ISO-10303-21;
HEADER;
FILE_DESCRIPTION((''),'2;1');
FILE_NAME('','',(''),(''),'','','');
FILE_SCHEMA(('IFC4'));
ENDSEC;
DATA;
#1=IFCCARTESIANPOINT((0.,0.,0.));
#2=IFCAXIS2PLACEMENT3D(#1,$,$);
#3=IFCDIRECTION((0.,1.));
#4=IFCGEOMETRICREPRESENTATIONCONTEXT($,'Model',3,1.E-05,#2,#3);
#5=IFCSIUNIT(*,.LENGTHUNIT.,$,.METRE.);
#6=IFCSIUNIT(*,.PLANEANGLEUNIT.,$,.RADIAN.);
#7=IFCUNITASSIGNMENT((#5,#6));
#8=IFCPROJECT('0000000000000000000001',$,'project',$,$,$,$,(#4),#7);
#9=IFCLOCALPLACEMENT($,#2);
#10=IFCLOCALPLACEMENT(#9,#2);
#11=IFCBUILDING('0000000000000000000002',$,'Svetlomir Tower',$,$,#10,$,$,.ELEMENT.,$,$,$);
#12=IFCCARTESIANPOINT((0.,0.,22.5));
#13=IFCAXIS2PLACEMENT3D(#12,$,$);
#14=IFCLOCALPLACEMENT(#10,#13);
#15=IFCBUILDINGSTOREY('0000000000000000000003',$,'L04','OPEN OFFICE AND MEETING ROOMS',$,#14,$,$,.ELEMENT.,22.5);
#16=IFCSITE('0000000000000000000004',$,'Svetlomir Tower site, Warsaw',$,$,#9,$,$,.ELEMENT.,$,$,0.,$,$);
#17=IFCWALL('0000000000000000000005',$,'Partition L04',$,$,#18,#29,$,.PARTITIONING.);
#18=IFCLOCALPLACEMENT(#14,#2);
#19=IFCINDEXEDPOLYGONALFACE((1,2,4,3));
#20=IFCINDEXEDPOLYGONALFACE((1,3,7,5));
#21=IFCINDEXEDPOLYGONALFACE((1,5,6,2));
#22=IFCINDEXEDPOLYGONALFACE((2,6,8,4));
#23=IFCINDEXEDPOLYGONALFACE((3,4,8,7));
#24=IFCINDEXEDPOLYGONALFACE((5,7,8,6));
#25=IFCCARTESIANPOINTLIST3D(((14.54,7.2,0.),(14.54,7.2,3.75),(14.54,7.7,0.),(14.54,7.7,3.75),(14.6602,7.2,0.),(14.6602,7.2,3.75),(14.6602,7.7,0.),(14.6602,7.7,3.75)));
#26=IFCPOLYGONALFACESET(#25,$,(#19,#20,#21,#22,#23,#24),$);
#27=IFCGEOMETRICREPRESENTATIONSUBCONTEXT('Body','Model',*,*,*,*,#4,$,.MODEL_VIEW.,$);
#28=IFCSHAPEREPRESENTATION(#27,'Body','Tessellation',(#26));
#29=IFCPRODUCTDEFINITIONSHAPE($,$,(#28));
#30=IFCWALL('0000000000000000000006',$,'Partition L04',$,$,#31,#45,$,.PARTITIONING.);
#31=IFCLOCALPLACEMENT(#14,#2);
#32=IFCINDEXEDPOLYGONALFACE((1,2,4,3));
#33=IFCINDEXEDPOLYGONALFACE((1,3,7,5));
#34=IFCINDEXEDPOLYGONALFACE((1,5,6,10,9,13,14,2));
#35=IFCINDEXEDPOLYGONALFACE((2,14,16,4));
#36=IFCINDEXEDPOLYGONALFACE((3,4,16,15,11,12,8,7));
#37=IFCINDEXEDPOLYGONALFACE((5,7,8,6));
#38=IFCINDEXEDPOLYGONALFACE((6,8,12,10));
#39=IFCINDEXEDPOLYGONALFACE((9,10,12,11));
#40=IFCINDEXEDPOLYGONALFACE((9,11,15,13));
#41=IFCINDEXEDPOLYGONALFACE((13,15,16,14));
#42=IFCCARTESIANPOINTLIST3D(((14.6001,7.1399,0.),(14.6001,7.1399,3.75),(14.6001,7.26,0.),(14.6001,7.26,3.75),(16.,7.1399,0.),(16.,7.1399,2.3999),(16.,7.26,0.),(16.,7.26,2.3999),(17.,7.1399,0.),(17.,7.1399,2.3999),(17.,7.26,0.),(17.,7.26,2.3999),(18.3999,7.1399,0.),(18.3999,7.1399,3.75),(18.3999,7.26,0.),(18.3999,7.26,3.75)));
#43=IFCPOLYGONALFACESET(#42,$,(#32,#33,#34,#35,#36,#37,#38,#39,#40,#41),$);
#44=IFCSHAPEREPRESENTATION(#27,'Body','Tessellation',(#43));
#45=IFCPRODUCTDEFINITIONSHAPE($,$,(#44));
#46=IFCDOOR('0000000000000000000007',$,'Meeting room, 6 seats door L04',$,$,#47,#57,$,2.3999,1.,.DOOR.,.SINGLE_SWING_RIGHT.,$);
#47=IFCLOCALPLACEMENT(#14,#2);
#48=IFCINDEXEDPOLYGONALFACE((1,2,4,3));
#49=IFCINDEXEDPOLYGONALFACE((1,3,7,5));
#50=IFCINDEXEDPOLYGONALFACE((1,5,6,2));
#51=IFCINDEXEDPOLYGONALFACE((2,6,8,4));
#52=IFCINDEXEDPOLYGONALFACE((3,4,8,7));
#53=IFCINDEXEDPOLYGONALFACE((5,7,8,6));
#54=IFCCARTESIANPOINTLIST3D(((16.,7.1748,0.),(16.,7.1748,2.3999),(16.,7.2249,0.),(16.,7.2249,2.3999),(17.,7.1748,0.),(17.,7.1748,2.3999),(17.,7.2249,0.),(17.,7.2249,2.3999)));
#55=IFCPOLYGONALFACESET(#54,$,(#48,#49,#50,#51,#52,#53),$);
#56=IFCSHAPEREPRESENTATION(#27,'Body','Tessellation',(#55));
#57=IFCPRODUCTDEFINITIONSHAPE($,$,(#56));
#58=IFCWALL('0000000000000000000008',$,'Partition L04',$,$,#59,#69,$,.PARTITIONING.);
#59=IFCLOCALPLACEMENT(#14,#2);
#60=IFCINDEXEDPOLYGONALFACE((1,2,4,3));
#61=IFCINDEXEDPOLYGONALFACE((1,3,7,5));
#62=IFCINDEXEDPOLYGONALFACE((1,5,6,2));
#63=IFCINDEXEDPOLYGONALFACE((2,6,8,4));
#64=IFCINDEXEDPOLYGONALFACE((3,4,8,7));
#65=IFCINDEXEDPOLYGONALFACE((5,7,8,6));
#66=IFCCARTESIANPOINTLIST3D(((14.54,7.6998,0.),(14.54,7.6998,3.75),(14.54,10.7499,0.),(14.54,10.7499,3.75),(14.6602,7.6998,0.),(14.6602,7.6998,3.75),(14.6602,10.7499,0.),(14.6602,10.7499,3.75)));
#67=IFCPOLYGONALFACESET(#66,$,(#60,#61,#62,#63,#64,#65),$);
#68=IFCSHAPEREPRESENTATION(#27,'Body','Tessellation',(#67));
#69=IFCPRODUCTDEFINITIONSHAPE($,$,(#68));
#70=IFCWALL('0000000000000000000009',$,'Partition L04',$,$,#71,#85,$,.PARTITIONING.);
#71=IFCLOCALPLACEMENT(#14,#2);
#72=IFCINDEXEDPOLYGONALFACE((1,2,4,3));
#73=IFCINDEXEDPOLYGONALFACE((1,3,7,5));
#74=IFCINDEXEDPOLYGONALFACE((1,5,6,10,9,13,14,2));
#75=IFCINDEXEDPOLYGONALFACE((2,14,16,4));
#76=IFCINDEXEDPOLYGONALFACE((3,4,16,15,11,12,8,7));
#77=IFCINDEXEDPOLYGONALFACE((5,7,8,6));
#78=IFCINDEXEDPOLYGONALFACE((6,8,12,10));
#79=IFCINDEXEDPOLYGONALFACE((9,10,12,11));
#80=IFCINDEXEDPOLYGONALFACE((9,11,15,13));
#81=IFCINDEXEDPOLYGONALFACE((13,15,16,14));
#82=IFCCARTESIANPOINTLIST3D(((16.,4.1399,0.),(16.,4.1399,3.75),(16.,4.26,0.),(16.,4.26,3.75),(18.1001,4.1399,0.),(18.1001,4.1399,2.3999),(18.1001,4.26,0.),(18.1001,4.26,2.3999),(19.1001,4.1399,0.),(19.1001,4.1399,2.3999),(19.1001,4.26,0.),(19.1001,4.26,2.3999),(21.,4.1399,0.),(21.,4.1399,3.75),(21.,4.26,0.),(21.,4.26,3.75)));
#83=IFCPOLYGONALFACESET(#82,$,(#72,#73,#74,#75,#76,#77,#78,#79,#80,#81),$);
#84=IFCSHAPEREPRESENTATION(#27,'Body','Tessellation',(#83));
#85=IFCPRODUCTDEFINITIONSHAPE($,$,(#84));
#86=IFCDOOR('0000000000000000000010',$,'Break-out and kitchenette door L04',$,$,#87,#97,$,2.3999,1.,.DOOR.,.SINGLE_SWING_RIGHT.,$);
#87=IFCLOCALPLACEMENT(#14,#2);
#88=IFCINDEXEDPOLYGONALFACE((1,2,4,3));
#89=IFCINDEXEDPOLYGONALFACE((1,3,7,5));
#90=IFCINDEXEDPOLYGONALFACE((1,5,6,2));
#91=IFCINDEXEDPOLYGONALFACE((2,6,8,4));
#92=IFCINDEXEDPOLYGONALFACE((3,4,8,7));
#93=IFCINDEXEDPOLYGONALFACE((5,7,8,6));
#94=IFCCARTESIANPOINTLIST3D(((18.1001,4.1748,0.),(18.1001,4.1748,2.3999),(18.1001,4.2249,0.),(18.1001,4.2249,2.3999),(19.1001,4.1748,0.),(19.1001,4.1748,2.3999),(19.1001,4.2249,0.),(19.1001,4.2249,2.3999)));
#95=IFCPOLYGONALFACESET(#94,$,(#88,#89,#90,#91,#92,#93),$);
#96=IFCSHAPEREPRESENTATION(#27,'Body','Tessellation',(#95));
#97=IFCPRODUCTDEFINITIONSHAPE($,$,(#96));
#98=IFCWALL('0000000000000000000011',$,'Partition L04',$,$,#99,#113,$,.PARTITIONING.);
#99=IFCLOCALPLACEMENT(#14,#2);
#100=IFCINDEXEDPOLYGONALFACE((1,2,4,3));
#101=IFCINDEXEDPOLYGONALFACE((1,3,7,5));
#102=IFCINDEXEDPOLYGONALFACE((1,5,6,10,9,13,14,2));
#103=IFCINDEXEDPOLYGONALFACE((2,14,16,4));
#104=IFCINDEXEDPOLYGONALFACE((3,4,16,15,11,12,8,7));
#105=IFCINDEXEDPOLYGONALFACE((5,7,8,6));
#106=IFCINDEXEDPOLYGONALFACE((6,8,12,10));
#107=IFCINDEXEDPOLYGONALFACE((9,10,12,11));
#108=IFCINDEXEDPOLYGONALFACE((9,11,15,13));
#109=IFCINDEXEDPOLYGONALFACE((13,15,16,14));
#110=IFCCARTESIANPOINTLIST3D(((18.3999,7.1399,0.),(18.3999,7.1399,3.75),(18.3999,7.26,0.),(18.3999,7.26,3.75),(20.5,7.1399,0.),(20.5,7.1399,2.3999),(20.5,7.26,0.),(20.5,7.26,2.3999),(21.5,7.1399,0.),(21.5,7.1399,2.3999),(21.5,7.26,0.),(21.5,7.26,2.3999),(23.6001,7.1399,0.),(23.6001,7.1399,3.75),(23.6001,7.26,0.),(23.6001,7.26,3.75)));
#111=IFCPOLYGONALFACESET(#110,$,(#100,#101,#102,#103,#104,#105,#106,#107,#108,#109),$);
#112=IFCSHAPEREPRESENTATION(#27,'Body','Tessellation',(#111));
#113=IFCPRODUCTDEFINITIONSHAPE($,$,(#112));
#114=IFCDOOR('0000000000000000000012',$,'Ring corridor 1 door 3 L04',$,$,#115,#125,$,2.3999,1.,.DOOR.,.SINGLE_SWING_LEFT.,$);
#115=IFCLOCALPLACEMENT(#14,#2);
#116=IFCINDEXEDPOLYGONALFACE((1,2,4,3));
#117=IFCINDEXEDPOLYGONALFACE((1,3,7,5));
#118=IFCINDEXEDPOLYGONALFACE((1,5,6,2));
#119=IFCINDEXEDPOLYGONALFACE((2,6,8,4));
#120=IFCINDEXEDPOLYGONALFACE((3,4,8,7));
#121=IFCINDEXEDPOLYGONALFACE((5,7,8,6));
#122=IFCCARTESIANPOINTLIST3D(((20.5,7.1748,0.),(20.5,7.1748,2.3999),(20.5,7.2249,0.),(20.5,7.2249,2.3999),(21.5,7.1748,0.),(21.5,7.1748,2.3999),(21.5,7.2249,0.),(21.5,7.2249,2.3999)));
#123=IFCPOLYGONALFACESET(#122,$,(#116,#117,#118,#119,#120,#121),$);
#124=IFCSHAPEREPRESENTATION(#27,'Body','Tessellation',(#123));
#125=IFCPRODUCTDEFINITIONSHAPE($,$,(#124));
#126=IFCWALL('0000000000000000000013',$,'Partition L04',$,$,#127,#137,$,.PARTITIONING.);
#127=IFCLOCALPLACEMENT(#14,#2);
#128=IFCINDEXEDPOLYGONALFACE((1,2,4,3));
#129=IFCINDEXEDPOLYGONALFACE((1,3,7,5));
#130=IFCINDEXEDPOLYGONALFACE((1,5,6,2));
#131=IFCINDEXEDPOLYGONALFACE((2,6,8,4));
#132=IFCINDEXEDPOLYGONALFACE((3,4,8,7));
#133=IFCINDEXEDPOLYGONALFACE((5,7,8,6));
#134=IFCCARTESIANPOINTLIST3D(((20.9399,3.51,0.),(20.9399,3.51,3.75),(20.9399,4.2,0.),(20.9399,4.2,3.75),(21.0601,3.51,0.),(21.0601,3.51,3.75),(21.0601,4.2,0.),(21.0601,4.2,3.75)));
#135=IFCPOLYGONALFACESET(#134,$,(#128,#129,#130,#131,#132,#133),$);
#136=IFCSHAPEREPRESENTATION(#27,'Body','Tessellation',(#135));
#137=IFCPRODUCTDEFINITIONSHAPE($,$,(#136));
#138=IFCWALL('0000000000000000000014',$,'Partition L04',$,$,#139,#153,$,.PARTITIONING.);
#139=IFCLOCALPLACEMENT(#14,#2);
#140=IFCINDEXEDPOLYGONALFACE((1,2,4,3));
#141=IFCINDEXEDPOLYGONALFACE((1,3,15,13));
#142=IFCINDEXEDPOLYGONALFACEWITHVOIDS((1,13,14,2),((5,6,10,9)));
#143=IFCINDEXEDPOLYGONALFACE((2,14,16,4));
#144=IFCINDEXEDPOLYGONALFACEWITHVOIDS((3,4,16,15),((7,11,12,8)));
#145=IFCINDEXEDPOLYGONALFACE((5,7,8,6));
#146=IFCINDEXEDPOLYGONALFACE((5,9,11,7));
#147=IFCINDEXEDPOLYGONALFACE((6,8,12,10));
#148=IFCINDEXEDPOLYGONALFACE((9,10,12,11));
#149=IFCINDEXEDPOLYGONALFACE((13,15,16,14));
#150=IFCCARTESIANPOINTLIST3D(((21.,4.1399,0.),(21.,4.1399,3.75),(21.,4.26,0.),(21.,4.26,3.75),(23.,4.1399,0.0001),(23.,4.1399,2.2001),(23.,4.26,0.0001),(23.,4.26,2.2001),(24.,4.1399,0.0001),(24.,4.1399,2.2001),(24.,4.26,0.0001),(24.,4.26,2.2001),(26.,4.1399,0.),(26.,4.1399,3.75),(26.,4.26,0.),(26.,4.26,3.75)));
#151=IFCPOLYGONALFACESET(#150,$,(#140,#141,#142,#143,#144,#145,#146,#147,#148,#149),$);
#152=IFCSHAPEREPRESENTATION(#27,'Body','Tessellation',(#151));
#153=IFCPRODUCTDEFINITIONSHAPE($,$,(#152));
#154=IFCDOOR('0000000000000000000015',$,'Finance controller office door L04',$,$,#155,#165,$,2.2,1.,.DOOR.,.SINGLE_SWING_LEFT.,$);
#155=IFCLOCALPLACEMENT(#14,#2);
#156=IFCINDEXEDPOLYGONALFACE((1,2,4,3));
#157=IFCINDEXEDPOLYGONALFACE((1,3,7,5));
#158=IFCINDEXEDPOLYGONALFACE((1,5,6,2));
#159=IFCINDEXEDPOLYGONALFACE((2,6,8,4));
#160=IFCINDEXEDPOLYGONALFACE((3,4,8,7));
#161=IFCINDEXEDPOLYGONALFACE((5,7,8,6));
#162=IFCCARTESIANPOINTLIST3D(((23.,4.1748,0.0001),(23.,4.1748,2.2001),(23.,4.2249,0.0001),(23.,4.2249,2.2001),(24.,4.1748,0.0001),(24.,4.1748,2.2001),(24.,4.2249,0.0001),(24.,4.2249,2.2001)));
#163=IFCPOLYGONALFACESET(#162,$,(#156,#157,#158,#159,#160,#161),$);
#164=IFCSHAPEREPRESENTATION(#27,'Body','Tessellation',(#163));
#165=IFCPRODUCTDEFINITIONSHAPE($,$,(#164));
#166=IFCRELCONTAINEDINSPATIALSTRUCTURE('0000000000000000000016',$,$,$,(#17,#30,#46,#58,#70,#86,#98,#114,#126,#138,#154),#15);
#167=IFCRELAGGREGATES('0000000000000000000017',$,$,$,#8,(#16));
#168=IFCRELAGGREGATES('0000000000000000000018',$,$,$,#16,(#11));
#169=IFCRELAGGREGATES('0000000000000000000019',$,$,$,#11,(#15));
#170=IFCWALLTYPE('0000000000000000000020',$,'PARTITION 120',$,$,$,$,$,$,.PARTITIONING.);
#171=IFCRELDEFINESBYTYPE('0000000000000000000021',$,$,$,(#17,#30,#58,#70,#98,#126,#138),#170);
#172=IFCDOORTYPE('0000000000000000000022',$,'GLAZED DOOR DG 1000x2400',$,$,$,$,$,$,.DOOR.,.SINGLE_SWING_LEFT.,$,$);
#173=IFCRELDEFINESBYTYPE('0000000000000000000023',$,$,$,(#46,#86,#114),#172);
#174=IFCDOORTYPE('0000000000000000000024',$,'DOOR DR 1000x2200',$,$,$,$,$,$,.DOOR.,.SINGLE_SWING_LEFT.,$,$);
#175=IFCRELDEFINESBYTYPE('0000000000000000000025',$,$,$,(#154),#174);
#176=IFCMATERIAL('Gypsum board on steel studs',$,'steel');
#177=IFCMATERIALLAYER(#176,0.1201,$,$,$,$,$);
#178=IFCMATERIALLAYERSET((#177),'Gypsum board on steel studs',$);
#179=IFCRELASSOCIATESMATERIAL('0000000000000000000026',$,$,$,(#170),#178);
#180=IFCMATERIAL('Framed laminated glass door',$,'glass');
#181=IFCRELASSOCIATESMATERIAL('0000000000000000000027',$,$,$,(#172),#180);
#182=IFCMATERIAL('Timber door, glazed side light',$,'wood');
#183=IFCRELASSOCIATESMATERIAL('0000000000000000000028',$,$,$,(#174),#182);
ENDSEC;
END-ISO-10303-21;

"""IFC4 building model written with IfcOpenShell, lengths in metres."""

from ifc_helpers import new_model, si_unit, direction, frame, frame_2d, origin, place, context, subcontext, project, spatial, rectangle, extrude, material, layer, layer_set, type_object, element, fill, save


model = new_model("IFC4")

# Units and contexts
model_context = context("Model", 3, precision=1e-05, world=origin(), true_north=direction((0.0, 1.0)))
body_context = subcontext(model_context, "Body", "Model", "MODEL_VIEW")
ifc_project = project(units=[si_unit("LENGTHUNIT", "METRE"), si_unit("PLANEANGLEUNIT", "RADIAN")], contexts=[model_context])

# Site, building, storey
site_placement = place(None, origin())
site = spatial("IfcSite", under=ifc_project, at=site_placement, Name="Svetlomir Tower site, Warsaw", CompositionType="ELEMENT", RefElevation=0.0)
building_placement = place(site_placement, origin())
building = spatial("IfcBuilding", under=site, at=building_placement, Name="Svetlomir Tower", CompositionType="ELEMENT")
storey_placement = place(building_placement, frame((0.0, 0.0, 22.5)))
storey = spatial("IfcBuildingStorey", under=building, at=storey_placement, Name="L04", Description="OPEN OFFICE AND MEETING ROOMS", CompositionType="ELEMENT", Elevation=22.5)

# Wall
ifc_material_1 = material(Name="Gypsum board on steel studs", Category="steel")
ifc_layer_1 = layer(ifc_material_1, 0.1201)
ifc_layer_set_1 = layer_set([ifc_layer_1], Name="Gypsum board on steel studs")
wall_type_1 = type_object("IfcWallType", Name="PARTITION 120", PredefinedType="PARTITIONING", material=ifc_layer_set_1)
wall_1_placement = place(storey_placement, frame((14.6001, 7.2, 0.0), z_axis=(0.0, 0.0, 1.0), x_axis=(0.0, 1.0, 0.0)))
element("IfcWall", 1, at=wall_1_placement, inside=storey, type_object=wall_type_1, Name="Partition L04", PredefinedType="PARTITIONING", context=body_context, shape_type="SweptSolid", body=[
    extrude(rectangle(XDim=0.5, YDim=0.1201, at=frame_2d((0.25, 0.0))), origin(), (0.0, 0.0, 1.0), 3.75),
])

# Wall, opening, door
wall_2_placement = place(storey_placement, frame((14.6001, 7.2, 0.0), z_axis=(0.0, 0.0, 1.0), x_axis=(1.0, 0.0, 0.0)))
wall_2 = element("IfcWall", 2, at=wall_2_placement, inside=storey, type_object=wall_type_1, Name="Partition L04", PredefinedType="PARTITIONING", context=body_context, shape_type="SweptSolid", body=[
    extrude(rectangle(XDim=3.7998, YDim=0.1201, at=frame_2d((1.8999, 0.0))), origin(), (0.0, 0.0, 1.0), 3.75),
])
opening_1_placement = place(wall_2_placement, frame((1.3999, 0.0, 0.0)))
opening_1 = element("IfcOpeningElement", 3, at=opening_1_placement, cuts=wall_2, PredefinedType="OPENING", context=body_context, shape_type="SweptSolid", body=[
    extrude(rectangle(XDim=1.0, YDim=2.3999, at=frame_2d((0.5, 1.2))), frame((0.0, 0.0701, 0.0), z_axis=(0.0, -1.0, 0.0), x_axis=(1.0, 0.0, 0.0)), (0.0, 0.0, 1.0), 0.1401),
])
ifc_material_2 = material(Name="Framed laminated glass door", Category="glass")
door_type_1 = type_object("IfcDoorType", Name="GLAZED DOOR DG 1000x2400", OperationType="SINGLE_SWING_LEFT", PredefinedType="DOOR", material=ifc_material_2)
door_1_placement = place(opening_1_placement, origin())
door_1 = element("IfcDoor", 4, at=door_1_placement, inside=storey, type_object=door_type_1, Name="Meeting room, 6 seats door L04", OperationType="SINGLE_SWING_RIGHT", OverallHeight=2.3999, OverallWidth=1.0, PredefinedType="DOOR", context=body_context, shape_type="SweptSolid", body=[
    extrude(rectangle(XDim=1.0, YDim=2.3999, at=frame_2d((0.5, 1.2))), frame((0.0, 0.0249, 0.0), z_axis=(0.0, -1.0, 0.0), x_axis=(1.0, 0.0, 0.0)), (0.0, 0.0, 1.0), 0.05),
])
fill(opening_1, door_1)

# Wall
wall_3_placement = place(storey_placement, frame((14.6001, 7.7, 0.0), z_axis=(0.0, 0.0, 1.0), x_axis=(0.0, 1.0, 0.0)))
element("IfcWall", 5, at=wall_3_placement, inside=storey, type_object=wall_type_1, Name="Partition L04", PredefinedType="PARTITIONING", context=body_context, shape_type="SweptSolid", body=[
    extrude(rectangle(XDim=3.05, YDim=0.1201, at=frame_2d((1.5249, 0.0))), origin(), (0.0, 0.0, 1.0), 3.75),
])

# Walls, openings, doors
wall_4_placement = place(storey_placement, frame((16.0, 4.2, 0.0), z_axis=(0.0, 0.0, 1.0), x_axis=(1.0, 0.0, 0.0)))
wall_4 = element("IfcWall", 6, at=wall_4_placement, inside=storey, type_object=wall_type_1, Name="Partition L04", PredefinedType="PARTITIONING", context=body_context, shape_type="SweptSolid", body=[
    extrude(rectangle(XDim=5.0, YDim=0.1201, at=frame_2d((2.5, 0.0))), origin(), (0.0, 0.0, 1.0), 3.75),
])
opening_2_placement = place(wall_4_placement, frame((2.1001, 0.0, 0.0)))
opening_2 = element("IfcOpeningElement", 7, at=opening_2_placement, cuts=wall_4, PredefinedType="OPENING", context=body_context, shape_type="SweptSolid", body=[
    extrude(rectangle(XDim=1.0, YDim=2.3999, at=frame_2d((0.5, 1.2))), frame((0.0, 0.0701, 0.0), z_axis=(0.0, -1.0, 0.0), x_axis=(1.0, 0.0, 0.0)), (0.0, 0.0, 1.0), 0.1401),
])
door_2_placement = place(opening_2_placement, origin())
door_2 = element("IfcDoor", 8, at=door_2_placement, inside=storey, type_object=door_type_1, Name="Break-out and kitchenette door L04", OperationType="SINGLE_SWING_RIGHT", OverallHeight=2.3999, OverallWidth=1.0, PredefinedType="DOOR", context=body_context, shape_type="SweptSolid", body=[
    extrude(rectangle(XDim=1.0, YDim=2.3999, at=frame_2d((0.5, 1.2))), frame((0.0, 0.0249, 0.0), z_axis=(0.0, -1.0, 0.0), x_axis=(1.0, 0.0, 0.0)), (0.0, 0.0, 1.0), 0.05),
])
fill(opening_2, door_2)
wall_5_placement = place(storey_placement, frame((18.3999, 7.2, 0.0), z_axis=(0.0, 0.0, 1.0), x_axis=(1.0, 0.0, 0.0)))
wall_5 = element("IfcWall", 9, at=wall_5_placement, inside=storey, type_object=wall_type_1, Name="Partition L04", PredefinedType="PARTITIONING", context=body_context, shape_type="SweptSolid", body=[
    extrude(rectangle(XDim=5.2002, YDim=0.1201, at=frame_2d((2.6001, 0.0))), origin(), (0.0, 0.0, 1.0), 3.75),
])
opening_3_placement = place(wall_5_placement, frame((2.1001, 0.0, 0.0)))
opening_3 = element("IfcOpeningElement", 10, at=opening_3_placement, cuts=wall_5, PredefinedType="OPENING", context=body_context, shape_type="SweptSolid", body=[
    extrude(rectangle(XDim=1.0, YDim=2.3999, at=frame_2d((0.5, 1.2))), frame((0.0, 0.0701, 0.0), z_axis=(0.0, -1.0, 0.0), x_axis=(1.0, 0.0, 0.0)), (0.0, 0.0, 1.0), 0.1401),
])
door_3_placement = place(opening_3_placement, origin())
door_3 = element("IfcDoor", 11, at=door_3_placement, inside=storey, type_object=door_type_1, Name="Ring corridor 1 door 3 L04", OperationType="SINGLE_SWING_LEFT", OverallHeight=2.3999, OverallWidth=1.0, PredefinedType="DOOR", context=body_context, shape_type="SweptSolid", body=[
    extrude(rectangle(XDim=1.0, YDim=2.3999, at=frame_2d((0.5, 1.2))), frame((0.0, 0.0249, 0.0), z_axis=(0.0, -1.0, 0.0), x_axis=(1.0, 0.0, 0.0)), (0.0, 0.0, 1.0), 0.05),
])
fill(opening_3, door_3)

# Wall
wall_6_placement = place(storey_placement, frame((21.0, 3.51, 0.0), z_axis=(0.0, 0.0, 1.0), x_axis=(0.0, 1.0, 0.0)))
element("IfcWall", 12, at=wall_6_placement, inside=storey, type_object=wall_type_1, Name="Partition L04", PredefinedType="PARTITIONING", context=body_context, shape_type="SweptSolid", body=[
    extrude(rectangle(XDim=0.6899, YDim=0.1201, at=frame_2d((0.345, 0.0))), origin(), (0.0, 0.0, 1.0), 3.75),
])

# Wall, opening, door
wall_7_placement = place(storey_placement, frame((21.0, 4.2, 0.0), z_axis=(0.0, 0.0, 1.0), x_axis=(1.0, 0.0, 0.0)))
wall_7 = element("IfcWall", 13, at=wall_7_placement, inside=storey, type_object=wall_type_1, Name="Partition L04", PredefinedType="PARTITIONING", context=body_context, shape_type="SweptSolid", body=[
    extrude(rectangle(XDim=5.0, YDim=0.1201, at=frame_2d((2.5, 0.0))), origin(), (0.0, 0.0, 1.0), 3.75),
])
opening_4_placement = place(wall_7_placement, frame((2.0, 0.0, 0.0)))
opening_4 = element("IfcOpeningElement", 14, at=opening_4_placement, cuts=wall_7, PredefinedType="OPENING", context=body_context, shape_type="SweptSolid", body=[
    extrude(rectangle(XDim=1.0, YDim=2.2, at=frame_2d((0.5, 1.1001))), frame((0.0, 0.0701, 0.0), z_axis=(0.0, -1.0, 0.0), x_axis=(1.0, 0.0, 0.0)), (0.0, 0.0, 1.0), 0.1401),
])
ifc_material_3 = material(Name="Timber door, glazed side light", Category="wood")
door_type_2 = type_object("IfcDoorType", Name="DOOR DR 1000x2200", OperationType="SINGLE_SWING_LEFT", PredefinedType="DOOR", material=ifc_material_3)
door_4_placement = place(opening_4_placement, origin())
door_4 = element("IfcDoor", 15, at=door_4_placement, inside=storey, type_object=door_type_2, Name="Finance controller office door L04", OperationType="SINGLE_SWING_LEFT", OverallHeight=2.2, OverallWidth=1.0, PredefinedType="DOOR", context=body_context, shape_type="SweptSolid", body=[
    extrude(rectangle(XDim=1.0, YDim=2.2, at=frame_2d((0.5, 1.1001))), frame((0.0, 0.0249, 0.0), z_axis=(0.0, -1.0, 0.0), x_axis=(1.0, 0.0, 0.0)), (0.0, 0.0, 1.0), 0.05),
])
fill(opening_4, door_4)

save(model, "model.ifc")
